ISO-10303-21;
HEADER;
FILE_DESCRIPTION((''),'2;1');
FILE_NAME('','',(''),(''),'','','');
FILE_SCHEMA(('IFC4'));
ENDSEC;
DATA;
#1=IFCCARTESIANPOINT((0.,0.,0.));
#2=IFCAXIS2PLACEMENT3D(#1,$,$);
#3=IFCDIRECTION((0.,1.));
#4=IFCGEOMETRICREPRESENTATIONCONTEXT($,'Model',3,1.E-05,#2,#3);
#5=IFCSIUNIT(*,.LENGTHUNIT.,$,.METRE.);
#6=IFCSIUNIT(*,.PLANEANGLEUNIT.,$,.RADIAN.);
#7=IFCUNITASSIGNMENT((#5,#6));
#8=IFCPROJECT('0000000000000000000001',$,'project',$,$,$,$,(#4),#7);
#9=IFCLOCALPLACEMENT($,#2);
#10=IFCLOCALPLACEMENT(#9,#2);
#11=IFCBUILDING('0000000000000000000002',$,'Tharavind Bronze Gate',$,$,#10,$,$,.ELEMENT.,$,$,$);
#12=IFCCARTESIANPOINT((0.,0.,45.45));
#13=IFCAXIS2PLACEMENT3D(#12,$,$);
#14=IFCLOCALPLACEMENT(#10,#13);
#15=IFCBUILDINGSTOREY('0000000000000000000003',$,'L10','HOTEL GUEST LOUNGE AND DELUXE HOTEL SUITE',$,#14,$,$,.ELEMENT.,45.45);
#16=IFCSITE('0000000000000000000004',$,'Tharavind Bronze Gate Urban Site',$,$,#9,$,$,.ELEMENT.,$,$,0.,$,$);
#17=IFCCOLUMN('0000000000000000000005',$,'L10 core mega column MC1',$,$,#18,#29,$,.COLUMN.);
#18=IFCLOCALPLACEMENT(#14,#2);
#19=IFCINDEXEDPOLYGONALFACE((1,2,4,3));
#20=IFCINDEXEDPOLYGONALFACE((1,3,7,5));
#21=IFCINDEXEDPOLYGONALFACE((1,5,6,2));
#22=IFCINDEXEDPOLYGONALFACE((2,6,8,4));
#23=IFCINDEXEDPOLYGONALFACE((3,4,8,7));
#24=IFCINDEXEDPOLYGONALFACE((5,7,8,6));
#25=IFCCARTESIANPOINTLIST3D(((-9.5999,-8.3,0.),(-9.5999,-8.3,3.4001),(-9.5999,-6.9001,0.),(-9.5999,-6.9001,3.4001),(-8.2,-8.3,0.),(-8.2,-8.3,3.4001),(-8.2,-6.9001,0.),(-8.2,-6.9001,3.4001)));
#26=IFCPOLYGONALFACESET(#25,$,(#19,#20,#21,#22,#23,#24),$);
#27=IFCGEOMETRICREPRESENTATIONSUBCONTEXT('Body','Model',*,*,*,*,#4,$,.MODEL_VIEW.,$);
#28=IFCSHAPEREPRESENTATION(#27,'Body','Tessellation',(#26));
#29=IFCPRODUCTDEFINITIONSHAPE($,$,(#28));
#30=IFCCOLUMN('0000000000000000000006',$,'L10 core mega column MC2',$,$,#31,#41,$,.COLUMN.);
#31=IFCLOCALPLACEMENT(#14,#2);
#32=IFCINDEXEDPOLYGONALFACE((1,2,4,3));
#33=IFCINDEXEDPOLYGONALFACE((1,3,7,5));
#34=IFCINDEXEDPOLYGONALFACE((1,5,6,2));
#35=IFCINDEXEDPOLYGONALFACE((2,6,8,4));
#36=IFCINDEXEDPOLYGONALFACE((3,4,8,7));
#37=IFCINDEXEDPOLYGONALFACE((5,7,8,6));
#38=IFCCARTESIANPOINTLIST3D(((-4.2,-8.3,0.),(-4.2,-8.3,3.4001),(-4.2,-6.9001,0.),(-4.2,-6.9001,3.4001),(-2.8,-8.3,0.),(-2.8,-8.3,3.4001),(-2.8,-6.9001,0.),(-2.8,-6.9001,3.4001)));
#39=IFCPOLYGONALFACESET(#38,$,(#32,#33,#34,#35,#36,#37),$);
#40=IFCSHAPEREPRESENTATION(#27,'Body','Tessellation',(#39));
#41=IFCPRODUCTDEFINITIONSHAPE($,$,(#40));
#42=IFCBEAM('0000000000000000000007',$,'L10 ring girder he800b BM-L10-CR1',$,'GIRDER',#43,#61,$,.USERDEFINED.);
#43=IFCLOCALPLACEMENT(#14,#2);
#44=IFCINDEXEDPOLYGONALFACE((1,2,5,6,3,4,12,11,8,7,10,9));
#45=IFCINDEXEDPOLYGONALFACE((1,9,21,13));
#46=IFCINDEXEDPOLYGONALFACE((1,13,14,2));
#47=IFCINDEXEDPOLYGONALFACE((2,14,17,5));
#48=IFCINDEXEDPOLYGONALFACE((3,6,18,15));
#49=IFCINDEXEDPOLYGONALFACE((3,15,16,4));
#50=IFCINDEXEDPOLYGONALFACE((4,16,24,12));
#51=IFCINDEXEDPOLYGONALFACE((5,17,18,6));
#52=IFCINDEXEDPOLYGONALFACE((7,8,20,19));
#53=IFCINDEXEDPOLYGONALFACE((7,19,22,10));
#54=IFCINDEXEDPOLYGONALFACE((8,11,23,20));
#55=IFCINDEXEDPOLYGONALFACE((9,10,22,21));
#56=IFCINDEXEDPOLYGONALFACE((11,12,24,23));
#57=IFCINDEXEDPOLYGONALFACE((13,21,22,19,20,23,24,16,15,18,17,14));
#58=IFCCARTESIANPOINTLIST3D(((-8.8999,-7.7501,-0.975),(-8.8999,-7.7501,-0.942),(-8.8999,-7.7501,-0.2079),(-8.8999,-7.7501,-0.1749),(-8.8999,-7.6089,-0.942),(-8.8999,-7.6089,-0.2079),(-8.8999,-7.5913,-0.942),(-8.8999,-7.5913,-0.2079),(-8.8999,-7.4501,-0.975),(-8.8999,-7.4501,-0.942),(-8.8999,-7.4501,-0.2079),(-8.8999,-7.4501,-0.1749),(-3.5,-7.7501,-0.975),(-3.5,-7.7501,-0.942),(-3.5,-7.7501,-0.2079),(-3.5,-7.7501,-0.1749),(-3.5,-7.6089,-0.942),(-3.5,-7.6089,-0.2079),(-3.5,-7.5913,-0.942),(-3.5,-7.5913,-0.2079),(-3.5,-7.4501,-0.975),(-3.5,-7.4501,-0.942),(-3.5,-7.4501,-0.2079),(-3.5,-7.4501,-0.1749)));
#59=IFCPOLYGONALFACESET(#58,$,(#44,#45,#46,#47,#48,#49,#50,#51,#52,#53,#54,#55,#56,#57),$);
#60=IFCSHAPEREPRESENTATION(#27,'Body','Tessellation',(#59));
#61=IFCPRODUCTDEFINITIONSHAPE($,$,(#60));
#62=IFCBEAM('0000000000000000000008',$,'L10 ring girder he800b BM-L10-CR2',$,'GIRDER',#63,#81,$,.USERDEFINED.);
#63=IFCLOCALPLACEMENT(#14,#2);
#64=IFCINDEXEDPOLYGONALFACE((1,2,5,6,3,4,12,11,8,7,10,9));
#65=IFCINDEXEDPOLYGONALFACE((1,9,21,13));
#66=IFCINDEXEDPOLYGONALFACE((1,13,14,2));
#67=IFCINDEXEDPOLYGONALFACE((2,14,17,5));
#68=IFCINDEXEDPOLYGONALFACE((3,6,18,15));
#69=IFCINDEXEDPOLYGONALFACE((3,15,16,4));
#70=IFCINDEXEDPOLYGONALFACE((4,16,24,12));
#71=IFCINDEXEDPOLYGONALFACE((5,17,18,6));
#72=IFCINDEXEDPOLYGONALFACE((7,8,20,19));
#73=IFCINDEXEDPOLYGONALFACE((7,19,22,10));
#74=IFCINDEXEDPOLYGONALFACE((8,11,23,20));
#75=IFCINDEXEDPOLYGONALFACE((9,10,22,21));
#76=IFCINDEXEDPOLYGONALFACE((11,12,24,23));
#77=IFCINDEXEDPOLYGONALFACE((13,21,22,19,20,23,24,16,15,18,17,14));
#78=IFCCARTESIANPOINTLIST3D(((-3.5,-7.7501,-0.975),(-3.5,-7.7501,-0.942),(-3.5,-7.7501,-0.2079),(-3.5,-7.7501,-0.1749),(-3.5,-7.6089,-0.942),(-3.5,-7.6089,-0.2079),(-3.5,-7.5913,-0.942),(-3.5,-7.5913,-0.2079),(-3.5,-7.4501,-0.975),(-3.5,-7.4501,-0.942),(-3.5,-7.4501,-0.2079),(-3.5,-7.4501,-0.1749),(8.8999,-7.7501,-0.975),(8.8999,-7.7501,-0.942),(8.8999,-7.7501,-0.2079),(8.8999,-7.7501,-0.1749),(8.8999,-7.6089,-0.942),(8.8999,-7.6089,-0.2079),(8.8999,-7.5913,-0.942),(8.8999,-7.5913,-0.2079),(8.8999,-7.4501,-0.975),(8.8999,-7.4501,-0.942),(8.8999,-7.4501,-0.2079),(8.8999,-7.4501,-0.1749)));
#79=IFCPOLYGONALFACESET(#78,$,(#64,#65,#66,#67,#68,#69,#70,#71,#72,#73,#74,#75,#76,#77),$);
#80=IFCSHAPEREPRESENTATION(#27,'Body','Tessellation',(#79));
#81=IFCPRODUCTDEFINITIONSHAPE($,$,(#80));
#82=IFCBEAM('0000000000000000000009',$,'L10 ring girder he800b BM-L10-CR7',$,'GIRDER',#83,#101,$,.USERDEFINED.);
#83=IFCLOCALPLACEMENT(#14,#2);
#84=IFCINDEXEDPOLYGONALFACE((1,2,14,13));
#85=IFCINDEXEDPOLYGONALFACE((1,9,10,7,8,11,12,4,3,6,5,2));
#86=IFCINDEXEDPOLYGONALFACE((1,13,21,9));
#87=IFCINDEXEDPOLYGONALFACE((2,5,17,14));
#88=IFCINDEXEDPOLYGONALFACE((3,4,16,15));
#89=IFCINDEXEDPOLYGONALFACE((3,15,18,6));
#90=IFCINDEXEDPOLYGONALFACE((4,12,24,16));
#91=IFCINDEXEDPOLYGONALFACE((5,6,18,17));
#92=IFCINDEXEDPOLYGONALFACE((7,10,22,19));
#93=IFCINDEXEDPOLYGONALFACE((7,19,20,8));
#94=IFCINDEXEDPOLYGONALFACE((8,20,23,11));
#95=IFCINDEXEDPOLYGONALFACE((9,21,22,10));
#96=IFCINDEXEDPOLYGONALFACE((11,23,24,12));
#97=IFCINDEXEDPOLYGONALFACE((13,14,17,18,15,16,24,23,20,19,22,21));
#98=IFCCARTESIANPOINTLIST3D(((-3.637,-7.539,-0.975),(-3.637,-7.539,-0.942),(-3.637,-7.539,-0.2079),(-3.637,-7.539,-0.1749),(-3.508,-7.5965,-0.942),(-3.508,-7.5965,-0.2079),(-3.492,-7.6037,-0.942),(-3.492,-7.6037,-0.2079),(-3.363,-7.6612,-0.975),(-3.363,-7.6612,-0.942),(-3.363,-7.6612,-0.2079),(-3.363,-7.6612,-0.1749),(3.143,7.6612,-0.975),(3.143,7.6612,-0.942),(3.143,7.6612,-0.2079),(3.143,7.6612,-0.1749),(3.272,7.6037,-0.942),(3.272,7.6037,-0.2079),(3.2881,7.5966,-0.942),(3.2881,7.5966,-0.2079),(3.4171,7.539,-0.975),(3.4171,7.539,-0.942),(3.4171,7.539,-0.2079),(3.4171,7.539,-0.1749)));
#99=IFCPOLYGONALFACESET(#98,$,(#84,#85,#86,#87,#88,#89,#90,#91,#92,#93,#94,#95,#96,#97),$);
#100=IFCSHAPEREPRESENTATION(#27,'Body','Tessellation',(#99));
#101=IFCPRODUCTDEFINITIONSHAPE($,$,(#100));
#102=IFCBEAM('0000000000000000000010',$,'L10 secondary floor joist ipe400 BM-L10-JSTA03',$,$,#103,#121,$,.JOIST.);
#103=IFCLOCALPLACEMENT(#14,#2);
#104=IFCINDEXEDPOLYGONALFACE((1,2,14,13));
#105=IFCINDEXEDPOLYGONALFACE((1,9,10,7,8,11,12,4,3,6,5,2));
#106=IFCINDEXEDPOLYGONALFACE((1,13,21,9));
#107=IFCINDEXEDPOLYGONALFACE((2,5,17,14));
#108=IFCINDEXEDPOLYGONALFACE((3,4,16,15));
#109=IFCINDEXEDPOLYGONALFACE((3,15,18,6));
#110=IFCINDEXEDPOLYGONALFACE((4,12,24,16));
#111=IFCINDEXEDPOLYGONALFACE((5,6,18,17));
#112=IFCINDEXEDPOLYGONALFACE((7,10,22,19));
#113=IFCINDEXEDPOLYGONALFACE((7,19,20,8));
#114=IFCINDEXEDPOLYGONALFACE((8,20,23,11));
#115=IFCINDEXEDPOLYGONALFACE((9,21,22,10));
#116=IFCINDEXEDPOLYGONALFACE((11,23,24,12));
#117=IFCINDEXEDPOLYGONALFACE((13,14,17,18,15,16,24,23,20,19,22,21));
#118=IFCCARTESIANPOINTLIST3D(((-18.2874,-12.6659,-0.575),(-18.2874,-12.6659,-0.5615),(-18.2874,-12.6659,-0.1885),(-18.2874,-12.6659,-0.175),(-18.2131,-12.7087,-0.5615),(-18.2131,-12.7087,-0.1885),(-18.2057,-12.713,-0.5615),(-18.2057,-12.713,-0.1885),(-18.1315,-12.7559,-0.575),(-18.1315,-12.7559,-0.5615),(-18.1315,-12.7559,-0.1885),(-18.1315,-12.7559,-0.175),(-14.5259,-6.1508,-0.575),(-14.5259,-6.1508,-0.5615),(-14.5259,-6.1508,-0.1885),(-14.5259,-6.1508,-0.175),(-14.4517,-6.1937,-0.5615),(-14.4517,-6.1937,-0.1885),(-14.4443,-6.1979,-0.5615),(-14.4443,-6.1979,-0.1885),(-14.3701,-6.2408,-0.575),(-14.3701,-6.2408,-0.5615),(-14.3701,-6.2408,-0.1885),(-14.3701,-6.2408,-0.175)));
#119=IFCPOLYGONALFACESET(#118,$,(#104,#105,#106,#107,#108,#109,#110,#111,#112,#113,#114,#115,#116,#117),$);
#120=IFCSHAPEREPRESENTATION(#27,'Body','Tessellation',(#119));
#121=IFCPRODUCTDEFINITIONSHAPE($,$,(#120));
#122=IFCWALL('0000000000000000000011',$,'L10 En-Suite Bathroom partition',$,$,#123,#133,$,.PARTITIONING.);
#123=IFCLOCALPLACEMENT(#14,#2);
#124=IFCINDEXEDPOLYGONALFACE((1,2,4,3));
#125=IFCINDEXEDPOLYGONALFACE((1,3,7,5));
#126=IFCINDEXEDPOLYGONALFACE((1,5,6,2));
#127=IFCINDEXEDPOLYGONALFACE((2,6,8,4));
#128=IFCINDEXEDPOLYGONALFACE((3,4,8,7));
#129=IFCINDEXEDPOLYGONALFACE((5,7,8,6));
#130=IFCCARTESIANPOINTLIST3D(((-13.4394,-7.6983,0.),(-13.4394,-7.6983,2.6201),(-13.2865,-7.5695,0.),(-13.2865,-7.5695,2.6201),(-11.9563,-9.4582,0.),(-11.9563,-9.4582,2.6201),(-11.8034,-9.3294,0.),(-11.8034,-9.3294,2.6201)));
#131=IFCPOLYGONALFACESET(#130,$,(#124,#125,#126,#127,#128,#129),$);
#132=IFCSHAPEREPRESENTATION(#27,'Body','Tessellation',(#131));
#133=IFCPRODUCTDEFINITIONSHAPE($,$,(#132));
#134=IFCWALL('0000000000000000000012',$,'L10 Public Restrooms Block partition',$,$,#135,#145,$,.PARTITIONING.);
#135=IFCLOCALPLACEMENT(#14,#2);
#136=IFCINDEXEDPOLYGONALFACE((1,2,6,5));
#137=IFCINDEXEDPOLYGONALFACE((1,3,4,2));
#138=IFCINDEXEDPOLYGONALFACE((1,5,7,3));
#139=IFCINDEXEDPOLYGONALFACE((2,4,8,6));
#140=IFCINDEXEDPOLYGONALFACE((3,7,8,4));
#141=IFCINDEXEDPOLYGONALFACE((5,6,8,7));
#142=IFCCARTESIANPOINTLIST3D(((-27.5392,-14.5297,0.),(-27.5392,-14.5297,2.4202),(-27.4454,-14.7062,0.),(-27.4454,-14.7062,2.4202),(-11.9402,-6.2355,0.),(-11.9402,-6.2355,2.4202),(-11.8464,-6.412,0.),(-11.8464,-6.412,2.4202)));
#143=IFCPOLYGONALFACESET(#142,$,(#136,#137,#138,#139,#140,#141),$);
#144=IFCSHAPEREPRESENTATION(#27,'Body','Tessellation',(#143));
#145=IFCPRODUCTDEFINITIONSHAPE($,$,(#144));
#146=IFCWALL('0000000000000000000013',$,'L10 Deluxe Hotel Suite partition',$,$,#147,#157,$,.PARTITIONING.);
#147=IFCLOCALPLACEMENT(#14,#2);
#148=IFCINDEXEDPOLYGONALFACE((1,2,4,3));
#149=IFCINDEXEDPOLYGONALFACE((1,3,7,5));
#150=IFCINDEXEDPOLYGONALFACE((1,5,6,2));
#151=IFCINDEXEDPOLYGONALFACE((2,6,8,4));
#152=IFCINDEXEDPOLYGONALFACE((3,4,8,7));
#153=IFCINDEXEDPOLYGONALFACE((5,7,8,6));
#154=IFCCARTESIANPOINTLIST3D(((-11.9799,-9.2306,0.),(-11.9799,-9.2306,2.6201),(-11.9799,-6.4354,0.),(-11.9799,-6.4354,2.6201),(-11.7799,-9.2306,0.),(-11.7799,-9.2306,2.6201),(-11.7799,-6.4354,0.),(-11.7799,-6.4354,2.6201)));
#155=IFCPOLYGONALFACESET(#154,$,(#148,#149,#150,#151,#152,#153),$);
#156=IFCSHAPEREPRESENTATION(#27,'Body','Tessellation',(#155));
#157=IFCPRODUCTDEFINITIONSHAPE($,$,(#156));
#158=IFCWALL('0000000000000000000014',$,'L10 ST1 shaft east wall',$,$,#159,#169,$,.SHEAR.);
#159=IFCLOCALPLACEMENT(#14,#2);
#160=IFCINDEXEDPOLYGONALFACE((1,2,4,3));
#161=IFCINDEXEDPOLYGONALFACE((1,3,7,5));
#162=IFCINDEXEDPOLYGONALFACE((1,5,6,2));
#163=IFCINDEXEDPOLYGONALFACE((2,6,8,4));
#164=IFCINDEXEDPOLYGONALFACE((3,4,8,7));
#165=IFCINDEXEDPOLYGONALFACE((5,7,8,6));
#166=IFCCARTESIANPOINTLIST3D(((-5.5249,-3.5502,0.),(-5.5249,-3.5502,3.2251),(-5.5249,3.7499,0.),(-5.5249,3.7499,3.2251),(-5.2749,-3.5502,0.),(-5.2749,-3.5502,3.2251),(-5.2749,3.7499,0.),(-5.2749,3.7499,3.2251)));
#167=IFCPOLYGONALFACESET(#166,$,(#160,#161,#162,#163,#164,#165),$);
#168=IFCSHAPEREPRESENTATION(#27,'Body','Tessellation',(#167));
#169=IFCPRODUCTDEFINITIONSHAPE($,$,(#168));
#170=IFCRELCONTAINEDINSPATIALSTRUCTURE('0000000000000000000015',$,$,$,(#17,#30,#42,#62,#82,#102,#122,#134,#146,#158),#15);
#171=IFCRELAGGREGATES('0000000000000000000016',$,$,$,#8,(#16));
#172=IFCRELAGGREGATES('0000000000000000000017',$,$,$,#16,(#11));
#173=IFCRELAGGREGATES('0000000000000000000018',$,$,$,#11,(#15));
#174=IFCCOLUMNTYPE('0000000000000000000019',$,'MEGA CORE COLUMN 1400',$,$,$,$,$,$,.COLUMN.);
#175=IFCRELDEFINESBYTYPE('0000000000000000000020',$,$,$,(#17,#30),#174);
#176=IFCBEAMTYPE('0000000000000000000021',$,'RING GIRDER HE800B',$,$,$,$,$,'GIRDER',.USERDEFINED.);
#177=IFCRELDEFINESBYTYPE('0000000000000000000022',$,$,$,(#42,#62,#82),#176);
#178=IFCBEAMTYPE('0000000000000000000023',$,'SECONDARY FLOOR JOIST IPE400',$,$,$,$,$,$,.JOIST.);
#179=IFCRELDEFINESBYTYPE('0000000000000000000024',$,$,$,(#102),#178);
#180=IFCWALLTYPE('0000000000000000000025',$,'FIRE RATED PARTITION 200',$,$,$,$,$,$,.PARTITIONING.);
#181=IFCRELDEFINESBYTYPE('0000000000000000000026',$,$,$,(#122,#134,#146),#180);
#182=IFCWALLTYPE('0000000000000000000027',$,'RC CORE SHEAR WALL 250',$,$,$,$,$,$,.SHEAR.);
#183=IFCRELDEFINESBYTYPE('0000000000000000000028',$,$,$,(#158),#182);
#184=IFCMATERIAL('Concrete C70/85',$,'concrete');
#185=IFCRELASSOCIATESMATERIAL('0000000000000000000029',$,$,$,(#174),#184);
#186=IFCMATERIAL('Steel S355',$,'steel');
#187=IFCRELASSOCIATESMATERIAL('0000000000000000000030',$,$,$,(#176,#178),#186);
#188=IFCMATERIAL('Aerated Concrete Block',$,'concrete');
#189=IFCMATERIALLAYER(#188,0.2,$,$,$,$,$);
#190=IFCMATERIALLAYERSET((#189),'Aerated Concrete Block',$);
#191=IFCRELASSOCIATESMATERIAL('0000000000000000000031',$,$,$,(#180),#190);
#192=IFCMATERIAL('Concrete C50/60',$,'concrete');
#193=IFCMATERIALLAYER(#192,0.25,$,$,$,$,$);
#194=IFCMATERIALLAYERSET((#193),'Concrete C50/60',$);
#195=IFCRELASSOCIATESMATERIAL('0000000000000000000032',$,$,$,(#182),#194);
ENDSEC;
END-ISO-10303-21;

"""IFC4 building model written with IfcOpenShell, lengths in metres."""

from ifc_helpers import new_model, si_unit, direction, frame, frame_2d, origin, origin_2d, place, context, subcontext, project, spatial, rectangle, i_section, extrude, material, layer, layer_set, material_profile, profile_set, type_object, element, save


model = new_model("IFC4")

# Units and contexts
model_context = context("Model", 3, precision=1e-05, world=origin(), true_north=direction((0.0, 1.0)))
body_context = subcontext(model_context, "Body", "Model", "MODEL_VIEW")
ifc_project = project(units=[si_unit("LENGTHUNIT", "METRE"), si_unit("PLANEANGLEUNIT", "RADIAN")], contexts=[model_context])

# Site, building, storey
site_placement = place(None, origin())
site = spatial("IfcSite", under=ifc_project, at=site_placement, Name="Tharavind Bronze Gate Urban Site", CompositionType="ELEMENT", RefElevation=0.0)
building_placement = place(site_placement, origin())
building = spatial("IfcBuilding", under=site, at=building_placement, Name="Tharavind Bronze Gate", CompositionType="ELEMENT")
storey_placement = place(building_placement, frame((0.0, 0.0, 45.45)))
storey = spatial("IfcBuildingStorey", under=building, at=storey_placement, Name="L10", Description="HOTEL GUEST LOUNGE AND DELUXE HOTEL SUITE", CompositionType="ELEMENT", Elevation=45.45)

# Columns
ifc_material_1 = material(Name="Concrete C70/85", Category="concrete")
ifc_material_profile_1 = material_profile(ifc_material_1, rectangle(XDim=1.3999, YDim=1.3999, at=origin_2d()), Name="RCCOL1400")
ifc_profile_set_1 = profile_set([ifc_material_profile_1], Name="Concrete C70/85")
column_type = type_object("IfcColumnType", Name="MEGA CORE COLUMN 1400", PredefinedType="COLUMN", material=ifc_profile_set_1)
for number, where, z_axis, x_axis, name in (
    (1, (-8.8999, -7.6001, 0.0), (0.0, 0.0, 1.0), (1.0, 0.0, 0.0), "L10 core mega column MC1"),
    (2, (-3.5, -7.6001, 0.0), (0.0, 0.0, 1.0), (1.0, 0.0, 0.0), "L10 core mega column MC2"),
):
    element("IfcColumn", number, at=place(storey_placement, frame(where, z_axis=z_axis, x_axis=x_axis)), inside=storey, type_object=column_type, Name=name, PredefinedType="COLUMN", context=body_context, shape_type="SweptSolid", body=[
        extrude(rectangle(XDim=1.3999, YDim=1.3999, at=origin_2d()), origin(), (0.0, 0.0, 1.0), 3.4001),
    ])

# Beams
ifc_material_2 = material(Name="Steel S355", Category="steel")
ifc_material_profile_2 = material_profile(ifc_material_2, i_section(OverallWidth=0.3, OverallDepth=0.8, WebThickness=0.0176, FlangeThickness=0.033, at=origin_2d()), Name="HE800B")
ifc_profile_set_2 = profile_set([ifc_material_profile_2], Name="Steel S355")
beam_type_1 = type_object("IfcBeamType", Name="RING GIRDER HE800B", ElementType="GIRDER", PredefinedType="USERDEFINED", material=ifc_profile_set_2)
beam_1_placement = place(storey_placement, frame((-8.8999, -7.6001, -0.575), z_axis=(1.0, 0.0, 0.0), x_axis=(0.0, 1.0, 0.0)))
element("IfcBeam", 3, at=beam_1_placement, inside=storey, type_object=beam_type_1, Name="L10 ring girder he800b BM-L10-CR1", ObjectType="GIRDER", PredefinedType="USERDEFINED", context=body_context, shape_type="SweptSolid", body=[
    extrude(i_section(OverallWidth=0.3, OverallDepth=0.8, WebThickness=0.0176, FlangeThickness=0.033, at=origin_2d()), origin(), (0.0, 0.0, 1.0), 5.3999),
])
beam_2_placement = place(storey_placement, frame((-3.5, -7.6001, -0.575), z_axis=(1.0, 0.0, 0.0), x_axis=(0.0, 1.0, 0.0)))
element("IfcBeam", 4, at=beam_2_placement, inside=storey, type_object=beam_type_1, Name="L10 ring girder he800b BM-L10-CR2", ObjectType="GIRDER", PredefinedType="USERDEFINED", context=body_context, shape_type="SweptSolid", body=[
    extrude(i_section(OverallWidth=0.3, OverallDepth=0.8, WebThickness=0.0176, FlangeThickness=0.033, at=origin_2d()), origin(), (0.0, 0.0, 1.0), 12.3999),
])
beam_3_placement = place(storey_placement, frame((-3.5, -7.6001, -0.575), z_axis=(0.407362, 0.913267, 0.0), x_axis=(-0.913267, 0.407362, 0.0)))
element("IfcBeam", 5, at=beam_3_placement, inside=storey, type_object=beam_type_1, Name="L10 ring girder he800b BM-L10-CR7", ObjectType="GIRDER", PredefinedType="USERDEFINED", context=body_context, shape_type="SweptSolid", body=[
    extrude(i_section(OverallWidth=0.3, OverallDepth=0.8, WebThickness=0.0176, FlangeThickness=0.033, at=origin_2d()), origin(), (0.0, 0.0, 1.0), 16.6438),
])
ifc_material_profile_3 = material_profile(ifc_material_2, i_section(OverallWidth=0.1799, OverallDepth=0.3999, WebThickness=0.0085, FlangeThickness=0.0134, at=origin_2d()), Name="IPE400")
ifc_profile_set_3 = profile_set([ifc_material_profile_3], Name="Steel S355")
beam_type_2 = type_object("IfcBeamType", Name="SECONDARY FLOOR JOIST IPE400", PredefinedType="JOIST", material=ifc_profile_set_3)
beam_4_placement = place(storey_placement, frame((-14.448, -6.1958, -0.375), z_axis=(-0.499996, -0.866028, 0.0), x_axis=(0.866028, -0.499996, 0.0)))
element("IfcBeam", 6, at=beam_4_placement, inside=storey, type_object=beam_type_2, Name="L10 secondary floor joist ipe400 BM-L10-JSTA03", PredefinedType="JOIST", context=body_context, shape_type="SweptSolid", body=[
    extrude(i_section(OverallWidth=0.1799, OverallDepth=0.3999, WebThickness=0.0085, FlangeThickness=0.0134, at=origin_2d()), origin(), (0.0, 0.0, 1.0), 7.5229),
])

# Walls
ifc_material_3 = material(Name="Aerated Concrete Block", Category="concrete")
ifc_layer_1 = layer(ifc_material_3, 0.2)
ifc_layer_set_1 = layer_set([ifc_layer_1], Name="Aerated Concrete Block")
wall_type_1 = type_object("IfcWallType", Name="FIRE RATED PARTITION 200", PredefinedType="PARTITIONING", material=ifc_layer_set_1)
wall_1_placement = place(storey_placement, frame((-13.363, -7.6338, 0.0), z_axis=(0.0, 0.0, 1.0), x_axis=(0.6444, -0.764688, 0.0)))
element("IfcWall", 7, at=wall_1_placement, inside=storey, type_object=wall_type_1, Name="L10 En-Suite Bathroom partition", PredefinedType="PARTITIONING", context=body_context, shape_type="SweptSolid", body=[
    extrude(rectangle(XDim=2.3015, YDim=0.2, at=frame_2d((1.1509, 0.0))), origin(), (0.0, 0.0, 1.0), 2.6201),
])
wall_2_placement = place(storey_placement, frame((-11.8933, -6.3237, 0.0), z_axis=(0.0, 0.0, 1.0), x_axis=(-0.882945, -0.469477, 0.0)))
element("IfcWall", 8, at=wall_2_placement, inside=storey, type_object=wall_type_1, Name="L10 Public Restrooms Block partition", PredefinedType="PARTITIONING", context=body_context, shape_type="SweptSolid", body=[
    extrude(rectangle(XDim=17.667, YDim=0.2, at=frame_2d((8.8335, 0.0))), origin(), (0.0, 0.0, 1.0), 2.4202),
])
wall_3_placement = place(storey_placement, frame((-11.8799, -6.4355, 0.0), z_axis=(0.0, 0.0, 1.0), x_axis=(0.0, -1.0, 0.0)))
element("IfcWall", 9, at=wall_3_placement, inside=storey, type_object=wall_type_1, Name="L10 Deluxe Hotel Suite partition", PredefinedType="PARTITIONING", context=body_context, shape_type="SweptSolid", body=[
    extrude(rectangle(XDim=2.7952, YDim=0.2, at=frame_2d((1.3975, 0.0))), origin(), (0.0, 0.0, 1.0), 2.6201),
])
ifc_material_4 = material(Name="Concrete C50/60", Category="concrete")
ifc_layer_2 = layer(ifc_material_4, 0.25)
ifc_layer_set_2 = layer_set([ifc_layer_2], Name="Concrete C50/60")
wall_type_2 = type_object("IfcWallType", Name="RC CORE SHEAR WALL 250", PredefinedType="SHEAR", material=ifc_layer_set_2)
wall_4_placement = place(storey_placement, frame((-5.3999, -3.55, 0.0), z_axis=(0.0, 0.0, 1.0), x_axis=(0.0, 1.0, 0.0)))
element("IfcWall", 10, at=wall_4_placement, inside=storey, type_object=wall_type_2, Name="L10 ST1 shaft east wall", PredefinedType="SHEAR", context=body_context, shape_type="SweptSolid", body=[
    extrude(rectangle(XDim=7.3, YDim=0.25, at=frame_2d((3.6499, 0.0))), origin(), (0.0, 0.0, 1.0), 3.2251),
])

save(model, "model.ifc")
